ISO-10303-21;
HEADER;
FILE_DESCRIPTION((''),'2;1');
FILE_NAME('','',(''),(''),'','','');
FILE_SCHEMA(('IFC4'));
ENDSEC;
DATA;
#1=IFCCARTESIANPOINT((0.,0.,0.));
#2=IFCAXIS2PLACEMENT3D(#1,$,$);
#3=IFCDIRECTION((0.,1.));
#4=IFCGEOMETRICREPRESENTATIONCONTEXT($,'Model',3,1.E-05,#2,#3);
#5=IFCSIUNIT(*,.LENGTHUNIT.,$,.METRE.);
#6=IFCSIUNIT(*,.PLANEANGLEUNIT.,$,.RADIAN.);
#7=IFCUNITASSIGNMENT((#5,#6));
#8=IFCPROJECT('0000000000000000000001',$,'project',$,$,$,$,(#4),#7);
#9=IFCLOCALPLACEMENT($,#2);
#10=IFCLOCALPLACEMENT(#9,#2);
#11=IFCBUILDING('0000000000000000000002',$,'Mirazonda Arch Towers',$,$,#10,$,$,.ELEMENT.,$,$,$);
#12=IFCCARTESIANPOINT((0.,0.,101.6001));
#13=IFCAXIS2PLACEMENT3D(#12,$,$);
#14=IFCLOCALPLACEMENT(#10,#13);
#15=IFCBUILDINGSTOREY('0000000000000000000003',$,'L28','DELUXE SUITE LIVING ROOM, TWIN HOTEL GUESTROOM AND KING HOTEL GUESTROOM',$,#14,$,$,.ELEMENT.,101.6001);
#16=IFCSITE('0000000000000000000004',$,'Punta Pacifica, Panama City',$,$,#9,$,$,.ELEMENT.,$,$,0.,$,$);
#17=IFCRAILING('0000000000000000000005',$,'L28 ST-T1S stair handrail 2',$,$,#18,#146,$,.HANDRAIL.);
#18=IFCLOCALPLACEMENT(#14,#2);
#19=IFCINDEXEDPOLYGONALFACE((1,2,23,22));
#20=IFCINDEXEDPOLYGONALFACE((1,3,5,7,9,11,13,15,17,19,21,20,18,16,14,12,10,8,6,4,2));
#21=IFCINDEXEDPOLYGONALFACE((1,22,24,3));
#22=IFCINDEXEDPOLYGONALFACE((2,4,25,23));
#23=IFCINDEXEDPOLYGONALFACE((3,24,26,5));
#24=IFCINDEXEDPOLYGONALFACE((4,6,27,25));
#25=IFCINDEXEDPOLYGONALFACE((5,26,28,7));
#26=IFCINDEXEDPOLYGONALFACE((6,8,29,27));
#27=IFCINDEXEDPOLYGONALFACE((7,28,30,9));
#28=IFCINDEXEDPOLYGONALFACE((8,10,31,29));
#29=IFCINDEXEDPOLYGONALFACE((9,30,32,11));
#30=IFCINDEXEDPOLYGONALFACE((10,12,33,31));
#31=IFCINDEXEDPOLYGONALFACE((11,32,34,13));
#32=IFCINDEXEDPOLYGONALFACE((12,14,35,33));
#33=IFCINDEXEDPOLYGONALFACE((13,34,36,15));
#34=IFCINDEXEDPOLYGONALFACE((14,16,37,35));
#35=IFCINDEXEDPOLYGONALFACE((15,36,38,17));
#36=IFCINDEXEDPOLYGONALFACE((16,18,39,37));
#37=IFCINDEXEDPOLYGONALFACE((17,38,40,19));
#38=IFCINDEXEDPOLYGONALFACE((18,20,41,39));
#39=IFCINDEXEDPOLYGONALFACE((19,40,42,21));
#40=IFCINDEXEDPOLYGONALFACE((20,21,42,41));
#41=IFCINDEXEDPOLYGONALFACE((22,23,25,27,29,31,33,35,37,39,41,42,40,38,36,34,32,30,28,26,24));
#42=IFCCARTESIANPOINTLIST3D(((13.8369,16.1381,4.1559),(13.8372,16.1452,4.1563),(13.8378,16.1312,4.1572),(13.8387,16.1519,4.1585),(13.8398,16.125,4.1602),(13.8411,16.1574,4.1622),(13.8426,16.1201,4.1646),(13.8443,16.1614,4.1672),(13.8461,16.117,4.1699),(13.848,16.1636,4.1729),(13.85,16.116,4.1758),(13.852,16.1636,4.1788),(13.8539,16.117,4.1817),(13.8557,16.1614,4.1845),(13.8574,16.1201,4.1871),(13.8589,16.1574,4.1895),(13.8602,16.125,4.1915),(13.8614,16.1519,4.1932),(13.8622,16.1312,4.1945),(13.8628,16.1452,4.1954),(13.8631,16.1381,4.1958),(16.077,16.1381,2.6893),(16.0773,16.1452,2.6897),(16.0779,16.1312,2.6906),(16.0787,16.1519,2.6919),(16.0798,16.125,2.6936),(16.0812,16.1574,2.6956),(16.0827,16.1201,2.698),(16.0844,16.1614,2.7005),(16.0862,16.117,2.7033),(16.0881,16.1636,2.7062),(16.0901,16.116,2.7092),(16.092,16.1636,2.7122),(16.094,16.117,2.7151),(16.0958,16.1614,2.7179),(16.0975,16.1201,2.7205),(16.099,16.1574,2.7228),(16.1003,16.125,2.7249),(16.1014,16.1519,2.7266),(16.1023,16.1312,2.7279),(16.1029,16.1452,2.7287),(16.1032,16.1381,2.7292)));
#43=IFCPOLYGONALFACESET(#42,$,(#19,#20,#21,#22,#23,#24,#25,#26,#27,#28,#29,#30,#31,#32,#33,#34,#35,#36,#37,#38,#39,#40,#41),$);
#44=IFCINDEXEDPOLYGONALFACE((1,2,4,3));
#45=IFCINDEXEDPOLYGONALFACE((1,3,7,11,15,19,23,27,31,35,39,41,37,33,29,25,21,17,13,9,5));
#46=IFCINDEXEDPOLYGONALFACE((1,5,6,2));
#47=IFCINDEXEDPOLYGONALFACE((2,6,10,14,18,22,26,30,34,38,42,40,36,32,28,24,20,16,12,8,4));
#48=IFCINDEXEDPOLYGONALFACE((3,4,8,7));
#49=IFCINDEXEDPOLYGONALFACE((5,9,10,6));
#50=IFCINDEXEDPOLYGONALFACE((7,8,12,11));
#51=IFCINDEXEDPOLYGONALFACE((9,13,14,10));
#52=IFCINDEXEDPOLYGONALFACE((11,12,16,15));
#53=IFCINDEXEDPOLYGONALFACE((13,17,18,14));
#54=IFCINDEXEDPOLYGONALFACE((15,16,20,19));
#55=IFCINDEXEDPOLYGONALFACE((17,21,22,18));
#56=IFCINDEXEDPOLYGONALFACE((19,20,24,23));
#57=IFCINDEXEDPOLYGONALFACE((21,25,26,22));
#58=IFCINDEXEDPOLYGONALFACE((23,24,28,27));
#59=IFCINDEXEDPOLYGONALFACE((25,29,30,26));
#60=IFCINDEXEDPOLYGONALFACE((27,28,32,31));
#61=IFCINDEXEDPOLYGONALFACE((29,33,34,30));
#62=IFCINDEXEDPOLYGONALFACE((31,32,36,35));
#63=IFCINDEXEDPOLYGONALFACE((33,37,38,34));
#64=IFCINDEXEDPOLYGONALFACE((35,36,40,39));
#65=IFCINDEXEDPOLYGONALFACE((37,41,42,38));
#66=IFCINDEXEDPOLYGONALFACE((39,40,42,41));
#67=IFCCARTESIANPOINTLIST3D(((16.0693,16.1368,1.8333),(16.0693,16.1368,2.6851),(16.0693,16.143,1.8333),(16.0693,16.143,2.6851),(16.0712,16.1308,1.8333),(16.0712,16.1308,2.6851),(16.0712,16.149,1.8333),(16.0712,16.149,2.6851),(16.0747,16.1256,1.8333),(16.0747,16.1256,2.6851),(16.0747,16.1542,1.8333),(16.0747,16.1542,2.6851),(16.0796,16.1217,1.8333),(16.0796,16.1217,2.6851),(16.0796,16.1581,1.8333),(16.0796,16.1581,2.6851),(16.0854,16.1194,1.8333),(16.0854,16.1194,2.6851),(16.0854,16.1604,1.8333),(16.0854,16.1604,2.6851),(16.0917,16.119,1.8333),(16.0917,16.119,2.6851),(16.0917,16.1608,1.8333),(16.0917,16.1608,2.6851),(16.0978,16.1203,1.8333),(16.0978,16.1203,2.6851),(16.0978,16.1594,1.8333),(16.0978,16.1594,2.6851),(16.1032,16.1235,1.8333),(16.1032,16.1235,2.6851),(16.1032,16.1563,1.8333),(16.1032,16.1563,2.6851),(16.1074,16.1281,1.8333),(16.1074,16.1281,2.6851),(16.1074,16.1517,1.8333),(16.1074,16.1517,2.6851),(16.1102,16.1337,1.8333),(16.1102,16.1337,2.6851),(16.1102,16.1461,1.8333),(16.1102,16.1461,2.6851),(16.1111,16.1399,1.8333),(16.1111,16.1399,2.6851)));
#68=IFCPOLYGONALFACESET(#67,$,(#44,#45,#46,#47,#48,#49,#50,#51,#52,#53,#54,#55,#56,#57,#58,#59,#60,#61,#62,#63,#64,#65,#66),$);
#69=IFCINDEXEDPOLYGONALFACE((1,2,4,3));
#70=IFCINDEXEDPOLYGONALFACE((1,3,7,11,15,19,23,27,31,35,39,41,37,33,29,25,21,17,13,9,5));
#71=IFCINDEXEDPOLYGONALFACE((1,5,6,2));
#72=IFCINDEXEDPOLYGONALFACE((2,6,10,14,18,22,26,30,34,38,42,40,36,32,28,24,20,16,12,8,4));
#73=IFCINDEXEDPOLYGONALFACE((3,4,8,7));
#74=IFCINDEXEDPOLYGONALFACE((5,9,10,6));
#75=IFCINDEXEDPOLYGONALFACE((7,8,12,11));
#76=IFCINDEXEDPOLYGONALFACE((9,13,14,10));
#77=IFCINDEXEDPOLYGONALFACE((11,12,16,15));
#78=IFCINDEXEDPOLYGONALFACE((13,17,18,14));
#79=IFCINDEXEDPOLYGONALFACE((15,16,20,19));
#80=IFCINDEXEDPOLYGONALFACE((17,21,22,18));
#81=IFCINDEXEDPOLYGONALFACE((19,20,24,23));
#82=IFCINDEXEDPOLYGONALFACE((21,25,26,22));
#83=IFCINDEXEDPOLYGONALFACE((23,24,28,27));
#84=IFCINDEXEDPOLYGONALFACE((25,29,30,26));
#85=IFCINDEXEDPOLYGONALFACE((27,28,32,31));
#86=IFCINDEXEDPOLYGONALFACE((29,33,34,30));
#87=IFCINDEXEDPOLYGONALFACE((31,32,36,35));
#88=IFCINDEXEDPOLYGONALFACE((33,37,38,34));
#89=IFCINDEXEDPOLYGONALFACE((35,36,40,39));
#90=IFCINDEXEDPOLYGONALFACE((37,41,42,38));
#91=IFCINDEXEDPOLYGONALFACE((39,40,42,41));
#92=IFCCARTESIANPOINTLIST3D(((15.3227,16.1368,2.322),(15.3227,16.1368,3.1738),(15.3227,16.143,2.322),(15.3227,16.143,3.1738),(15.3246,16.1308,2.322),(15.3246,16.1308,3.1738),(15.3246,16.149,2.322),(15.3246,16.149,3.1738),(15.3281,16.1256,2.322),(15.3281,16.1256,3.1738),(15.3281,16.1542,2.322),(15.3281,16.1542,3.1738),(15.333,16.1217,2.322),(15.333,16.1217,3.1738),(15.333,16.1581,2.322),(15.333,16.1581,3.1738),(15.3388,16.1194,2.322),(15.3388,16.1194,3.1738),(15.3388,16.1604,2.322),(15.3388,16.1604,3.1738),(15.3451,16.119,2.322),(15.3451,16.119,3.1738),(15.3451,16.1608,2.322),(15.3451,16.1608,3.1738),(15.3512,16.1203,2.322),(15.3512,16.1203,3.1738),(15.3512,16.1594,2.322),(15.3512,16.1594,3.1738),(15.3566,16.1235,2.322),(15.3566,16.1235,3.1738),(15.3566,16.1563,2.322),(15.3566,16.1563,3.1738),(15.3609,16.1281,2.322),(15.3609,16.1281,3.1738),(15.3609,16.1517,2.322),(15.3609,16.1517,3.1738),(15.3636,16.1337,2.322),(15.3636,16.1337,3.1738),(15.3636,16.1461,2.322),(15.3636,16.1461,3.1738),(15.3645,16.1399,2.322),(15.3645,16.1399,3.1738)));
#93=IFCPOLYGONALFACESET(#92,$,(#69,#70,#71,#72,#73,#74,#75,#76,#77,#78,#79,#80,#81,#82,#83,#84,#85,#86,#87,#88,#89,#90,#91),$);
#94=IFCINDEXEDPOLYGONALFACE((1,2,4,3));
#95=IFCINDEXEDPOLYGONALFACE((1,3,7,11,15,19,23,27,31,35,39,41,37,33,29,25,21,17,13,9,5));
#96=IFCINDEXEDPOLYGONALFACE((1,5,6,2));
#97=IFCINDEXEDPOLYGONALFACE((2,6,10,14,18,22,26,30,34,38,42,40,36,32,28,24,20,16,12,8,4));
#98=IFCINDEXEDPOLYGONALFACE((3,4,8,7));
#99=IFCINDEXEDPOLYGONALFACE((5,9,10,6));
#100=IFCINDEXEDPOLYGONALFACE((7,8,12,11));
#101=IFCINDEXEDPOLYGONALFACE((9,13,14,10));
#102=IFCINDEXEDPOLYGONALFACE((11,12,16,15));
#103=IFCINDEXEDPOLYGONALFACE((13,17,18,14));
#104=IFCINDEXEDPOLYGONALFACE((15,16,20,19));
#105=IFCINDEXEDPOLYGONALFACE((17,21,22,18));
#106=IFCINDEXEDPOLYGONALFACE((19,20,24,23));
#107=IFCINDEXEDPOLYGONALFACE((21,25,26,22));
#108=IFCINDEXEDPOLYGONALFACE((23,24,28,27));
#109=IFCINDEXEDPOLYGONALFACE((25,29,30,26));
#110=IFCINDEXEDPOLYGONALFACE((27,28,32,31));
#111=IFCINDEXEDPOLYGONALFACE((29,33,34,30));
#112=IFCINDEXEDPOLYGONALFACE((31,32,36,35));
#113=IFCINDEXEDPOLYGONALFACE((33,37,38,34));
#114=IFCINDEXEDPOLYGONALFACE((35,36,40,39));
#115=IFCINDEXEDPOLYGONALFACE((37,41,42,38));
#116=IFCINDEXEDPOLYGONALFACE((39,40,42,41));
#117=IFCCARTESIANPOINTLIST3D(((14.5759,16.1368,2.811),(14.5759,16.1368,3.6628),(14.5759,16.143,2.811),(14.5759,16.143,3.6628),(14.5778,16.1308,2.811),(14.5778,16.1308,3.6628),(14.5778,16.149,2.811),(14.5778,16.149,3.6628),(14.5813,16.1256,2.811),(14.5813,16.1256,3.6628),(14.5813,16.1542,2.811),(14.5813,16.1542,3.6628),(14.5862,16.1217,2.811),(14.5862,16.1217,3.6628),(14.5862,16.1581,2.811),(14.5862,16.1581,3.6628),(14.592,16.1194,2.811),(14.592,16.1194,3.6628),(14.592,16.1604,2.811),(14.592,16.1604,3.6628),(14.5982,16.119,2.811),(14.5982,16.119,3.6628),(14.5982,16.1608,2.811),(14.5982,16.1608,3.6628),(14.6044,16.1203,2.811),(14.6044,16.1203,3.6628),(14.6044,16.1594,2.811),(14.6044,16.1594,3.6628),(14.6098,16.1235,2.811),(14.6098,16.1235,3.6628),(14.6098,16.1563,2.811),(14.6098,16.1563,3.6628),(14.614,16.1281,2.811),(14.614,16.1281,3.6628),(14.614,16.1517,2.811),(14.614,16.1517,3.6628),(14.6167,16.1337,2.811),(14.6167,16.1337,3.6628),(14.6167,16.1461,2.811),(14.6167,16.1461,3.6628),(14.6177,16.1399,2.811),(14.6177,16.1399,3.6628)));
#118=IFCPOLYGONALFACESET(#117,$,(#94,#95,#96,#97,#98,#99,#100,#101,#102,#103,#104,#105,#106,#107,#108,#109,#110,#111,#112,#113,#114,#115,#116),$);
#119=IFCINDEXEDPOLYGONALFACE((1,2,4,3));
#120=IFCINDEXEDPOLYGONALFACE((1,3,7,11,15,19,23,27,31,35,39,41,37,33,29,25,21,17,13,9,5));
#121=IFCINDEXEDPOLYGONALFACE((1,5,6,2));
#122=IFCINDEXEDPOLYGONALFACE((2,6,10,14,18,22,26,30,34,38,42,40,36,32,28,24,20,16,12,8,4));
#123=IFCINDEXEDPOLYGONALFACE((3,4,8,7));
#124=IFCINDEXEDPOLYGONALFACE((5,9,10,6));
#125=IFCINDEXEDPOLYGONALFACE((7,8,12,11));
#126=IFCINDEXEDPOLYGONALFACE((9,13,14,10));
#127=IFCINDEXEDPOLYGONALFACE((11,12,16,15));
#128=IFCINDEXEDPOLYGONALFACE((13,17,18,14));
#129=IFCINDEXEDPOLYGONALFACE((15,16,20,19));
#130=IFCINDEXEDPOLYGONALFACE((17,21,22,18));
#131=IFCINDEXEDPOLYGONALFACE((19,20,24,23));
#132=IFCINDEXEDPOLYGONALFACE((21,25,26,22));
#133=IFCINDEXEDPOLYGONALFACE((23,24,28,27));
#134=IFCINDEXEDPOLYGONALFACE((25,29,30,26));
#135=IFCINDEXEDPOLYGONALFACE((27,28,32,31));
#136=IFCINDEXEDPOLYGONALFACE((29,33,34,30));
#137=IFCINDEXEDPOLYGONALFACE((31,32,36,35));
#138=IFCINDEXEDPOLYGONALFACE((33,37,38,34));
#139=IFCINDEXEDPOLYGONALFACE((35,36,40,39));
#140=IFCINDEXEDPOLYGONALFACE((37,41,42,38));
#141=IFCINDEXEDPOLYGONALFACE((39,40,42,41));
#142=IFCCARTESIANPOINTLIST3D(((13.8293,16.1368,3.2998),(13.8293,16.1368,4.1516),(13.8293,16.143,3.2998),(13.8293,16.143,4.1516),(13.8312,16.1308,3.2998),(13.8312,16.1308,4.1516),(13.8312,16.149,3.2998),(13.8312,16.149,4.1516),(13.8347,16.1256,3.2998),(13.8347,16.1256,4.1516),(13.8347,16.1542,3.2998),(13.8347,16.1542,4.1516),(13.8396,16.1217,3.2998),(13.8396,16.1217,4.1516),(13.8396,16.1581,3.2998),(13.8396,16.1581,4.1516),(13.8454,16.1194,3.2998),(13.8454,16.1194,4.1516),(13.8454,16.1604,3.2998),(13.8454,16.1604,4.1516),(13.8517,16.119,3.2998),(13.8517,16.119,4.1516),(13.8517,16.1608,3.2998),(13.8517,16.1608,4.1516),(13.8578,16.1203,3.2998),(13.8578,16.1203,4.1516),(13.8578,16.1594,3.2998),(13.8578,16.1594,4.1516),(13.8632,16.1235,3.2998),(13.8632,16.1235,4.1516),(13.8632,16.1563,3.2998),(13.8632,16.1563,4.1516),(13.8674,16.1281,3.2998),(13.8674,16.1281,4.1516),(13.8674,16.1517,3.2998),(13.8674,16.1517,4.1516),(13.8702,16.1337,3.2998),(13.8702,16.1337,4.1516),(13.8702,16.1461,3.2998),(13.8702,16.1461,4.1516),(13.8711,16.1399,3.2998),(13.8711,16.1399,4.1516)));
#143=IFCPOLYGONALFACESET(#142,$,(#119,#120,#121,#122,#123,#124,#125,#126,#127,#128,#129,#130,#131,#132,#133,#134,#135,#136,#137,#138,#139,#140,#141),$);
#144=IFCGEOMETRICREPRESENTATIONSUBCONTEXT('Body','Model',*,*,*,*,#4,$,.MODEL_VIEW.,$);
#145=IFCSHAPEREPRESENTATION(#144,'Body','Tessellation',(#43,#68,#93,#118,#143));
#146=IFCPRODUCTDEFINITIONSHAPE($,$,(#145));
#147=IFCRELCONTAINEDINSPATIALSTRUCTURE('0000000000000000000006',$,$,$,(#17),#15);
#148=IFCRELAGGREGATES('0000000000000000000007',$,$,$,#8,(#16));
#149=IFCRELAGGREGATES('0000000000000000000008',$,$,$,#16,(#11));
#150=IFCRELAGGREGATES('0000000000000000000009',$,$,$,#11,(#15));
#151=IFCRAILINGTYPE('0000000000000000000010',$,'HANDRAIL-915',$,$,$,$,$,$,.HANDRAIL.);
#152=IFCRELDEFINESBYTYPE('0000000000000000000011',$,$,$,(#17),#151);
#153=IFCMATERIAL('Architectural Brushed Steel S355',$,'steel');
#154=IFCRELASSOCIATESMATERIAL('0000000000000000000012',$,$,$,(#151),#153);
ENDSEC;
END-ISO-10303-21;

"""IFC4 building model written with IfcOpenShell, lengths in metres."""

from ifc_helpers import new_model, si_unit, direction, frame, origin, origin_2d, place, context, subcontext, project, spatial, circle, extrude, material, type_object, element, save


model = new_model("IFC4")

# Units and contexts
model_context = context("Model", 3, precision=1e-05, world=origin(), true_north=direction((0.0, 1.0)))
body_context = subcontext(model_context, "Body", "Model", "MODEL_VIEW")
ifc_project = project(units=[si_unit("LENGTHUNIT", "METRE"), si_unit("PLANEANGLEUNIT", "RADIAN")], contexts=[model_context])

# Site, building, storey
site_placement = place(None, origin())
site = spatial("IfcSite", under=ifc_project, at=site_placement, Name="Punta Pacifica, Panama City", CompositionType="ELEMENT", RefElevation=0.0)
building_placement = place(site_placement, origin())
building = spatial("IfcBuilding", under=site, at=building_placement, Name="Mirazonda Arch Towers", CompositionType="ELEMENT")
storey_placement = place(building_placement, frame((0.0, 0.0, 101.6001)))
storey = spatial("IfcBuildingStorey", under=building, at=storey_placement, Name="L28", Description="DELUXE SUITE LIVING ROOM, TWIN HOTEL GUESTROOM AND KING HOTEL GUESTROOM", CompositionType="ELEMENT", Elevation=101.6001)

# Shared definitions
ifc_material_1 = material(Name="Architectural Brushed Steel S355", Category="steel")

# Railing
railing_type_1 = type_object("IfcRailingType", Name="HANDRAIL-915", PredefinedType="HANDRAIL", material=ifc_material_1)
railing_1_placement = place(storey_placement, frame((16.0901, 16.1399, 1.8333)))
element("IfcRailing", 1, at=railing_1_placement, inside=storey, type_object=railing_type_1, Name="L28 ST-T1S stair handrail 2", PredefinedType="HANDRAIL", context=body_context, shape_type="SweptSolid", body=[
    extrude(circle(Radius=0.0239, at=origin_2d()), frame((0.0, 0.0, 0.876), z_axis=(-0.836637, 0.0, 0.547758), x_axis=(0.0, -1.0, 0.0)), (0.0, 0.0, 1.0), 2.6775),
    extrude(circle(Radius=0.021, at=origin_2d()), origin(), (0.0, 0.0, 1.0), 0.8518),
    extrude(circle(Radius=0.021, at=origin_2d()), frame((-0.7466, 0.0, 0.4888)), (0.0, 0.0, 1.0), 0.8518),
    extrude(circle(Radius=0.021, at=origin_2d()), frame((-1.4934, 0.0, 0.9778)), (0.0, 0.0, 1.0), 0.8518),
    extrude(circle(Radius=0.021, at=origin_2d()), frame((-2.24, 0.0, 1.4666)), (0.0, 0.0, 1.0), 0.8518),
])

save(model, "model.ifc")
